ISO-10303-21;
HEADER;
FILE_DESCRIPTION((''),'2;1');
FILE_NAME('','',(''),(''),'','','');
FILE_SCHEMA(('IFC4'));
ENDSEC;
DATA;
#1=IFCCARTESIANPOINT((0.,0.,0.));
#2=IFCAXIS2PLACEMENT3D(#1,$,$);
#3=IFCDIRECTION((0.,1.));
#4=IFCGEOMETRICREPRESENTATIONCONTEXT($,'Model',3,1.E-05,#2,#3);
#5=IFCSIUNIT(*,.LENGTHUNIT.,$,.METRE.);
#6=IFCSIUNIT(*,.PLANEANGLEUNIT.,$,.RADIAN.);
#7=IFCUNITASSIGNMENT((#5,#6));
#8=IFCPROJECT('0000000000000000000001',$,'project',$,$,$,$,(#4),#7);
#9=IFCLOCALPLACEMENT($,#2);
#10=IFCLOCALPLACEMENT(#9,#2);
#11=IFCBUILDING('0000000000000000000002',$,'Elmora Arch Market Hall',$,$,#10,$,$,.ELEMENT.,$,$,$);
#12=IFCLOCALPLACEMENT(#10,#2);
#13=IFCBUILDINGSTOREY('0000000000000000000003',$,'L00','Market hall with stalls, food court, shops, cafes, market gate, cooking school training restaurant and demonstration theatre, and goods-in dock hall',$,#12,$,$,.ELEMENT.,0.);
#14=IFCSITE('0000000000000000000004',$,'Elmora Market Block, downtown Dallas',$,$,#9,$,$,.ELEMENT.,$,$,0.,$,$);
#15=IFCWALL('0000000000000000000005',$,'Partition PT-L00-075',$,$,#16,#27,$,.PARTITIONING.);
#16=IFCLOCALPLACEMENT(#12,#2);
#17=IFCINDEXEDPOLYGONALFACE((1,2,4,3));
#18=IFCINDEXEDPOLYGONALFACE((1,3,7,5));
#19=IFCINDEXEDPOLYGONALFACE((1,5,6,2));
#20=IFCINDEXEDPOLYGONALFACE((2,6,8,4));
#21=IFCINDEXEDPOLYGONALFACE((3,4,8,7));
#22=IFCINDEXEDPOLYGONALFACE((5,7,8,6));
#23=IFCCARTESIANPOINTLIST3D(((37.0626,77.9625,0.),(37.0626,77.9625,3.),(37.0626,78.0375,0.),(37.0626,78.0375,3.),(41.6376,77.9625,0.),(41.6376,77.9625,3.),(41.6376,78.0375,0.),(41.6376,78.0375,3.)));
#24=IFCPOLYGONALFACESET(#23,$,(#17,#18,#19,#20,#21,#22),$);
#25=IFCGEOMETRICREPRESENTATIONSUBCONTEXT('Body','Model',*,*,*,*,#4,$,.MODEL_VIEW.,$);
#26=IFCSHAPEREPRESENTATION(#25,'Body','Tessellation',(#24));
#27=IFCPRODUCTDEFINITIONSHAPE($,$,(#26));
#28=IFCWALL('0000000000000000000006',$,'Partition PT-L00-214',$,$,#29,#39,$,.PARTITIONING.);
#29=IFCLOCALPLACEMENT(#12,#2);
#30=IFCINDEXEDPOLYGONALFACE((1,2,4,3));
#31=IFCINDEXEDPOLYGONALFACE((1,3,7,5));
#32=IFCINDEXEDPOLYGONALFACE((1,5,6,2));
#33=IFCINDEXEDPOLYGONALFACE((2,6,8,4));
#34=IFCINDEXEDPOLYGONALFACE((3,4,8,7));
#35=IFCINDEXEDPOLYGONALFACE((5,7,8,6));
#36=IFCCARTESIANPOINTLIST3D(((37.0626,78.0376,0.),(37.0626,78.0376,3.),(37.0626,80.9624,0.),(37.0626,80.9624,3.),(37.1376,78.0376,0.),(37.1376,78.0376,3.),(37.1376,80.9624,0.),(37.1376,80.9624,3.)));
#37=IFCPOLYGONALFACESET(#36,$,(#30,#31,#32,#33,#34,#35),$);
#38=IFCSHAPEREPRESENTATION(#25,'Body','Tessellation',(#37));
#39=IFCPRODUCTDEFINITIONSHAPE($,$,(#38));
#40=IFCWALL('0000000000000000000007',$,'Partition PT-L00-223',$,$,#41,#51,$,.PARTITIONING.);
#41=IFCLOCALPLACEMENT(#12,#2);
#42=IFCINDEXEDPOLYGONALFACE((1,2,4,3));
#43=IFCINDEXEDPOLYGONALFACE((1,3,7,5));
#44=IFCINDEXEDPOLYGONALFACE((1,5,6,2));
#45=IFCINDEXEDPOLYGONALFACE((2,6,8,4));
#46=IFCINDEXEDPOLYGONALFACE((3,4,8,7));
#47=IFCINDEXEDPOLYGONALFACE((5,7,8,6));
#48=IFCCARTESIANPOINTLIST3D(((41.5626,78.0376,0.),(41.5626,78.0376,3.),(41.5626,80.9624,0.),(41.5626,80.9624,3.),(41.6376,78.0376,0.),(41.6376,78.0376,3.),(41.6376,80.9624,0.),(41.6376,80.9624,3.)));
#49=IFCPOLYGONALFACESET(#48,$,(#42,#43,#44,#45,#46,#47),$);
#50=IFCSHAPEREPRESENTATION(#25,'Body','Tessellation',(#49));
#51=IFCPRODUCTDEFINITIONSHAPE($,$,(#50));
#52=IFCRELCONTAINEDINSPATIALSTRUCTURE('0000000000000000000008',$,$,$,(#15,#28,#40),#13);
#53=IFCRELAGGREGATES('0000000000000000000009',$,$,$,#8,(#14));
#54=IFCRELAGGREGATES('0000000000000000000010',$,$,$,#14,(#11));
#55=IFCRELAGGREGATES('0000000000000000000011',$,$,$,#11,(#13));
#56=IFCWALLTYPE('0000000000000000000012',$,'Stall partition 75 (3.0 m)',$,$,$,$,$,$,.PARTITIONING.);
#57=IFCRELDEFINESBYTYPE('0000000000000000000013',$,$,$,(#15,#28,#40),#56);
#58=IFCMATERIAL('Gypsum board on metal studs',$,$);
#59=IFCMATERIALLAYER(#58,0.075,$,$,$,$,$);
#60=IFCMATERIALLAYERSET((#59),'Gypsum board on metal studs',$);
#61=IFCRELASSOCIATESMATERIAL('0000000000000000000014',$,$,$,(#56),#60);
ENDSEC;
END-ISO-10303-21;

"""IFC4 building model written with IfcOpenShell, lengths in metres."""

from ifc_helpers import new_model, si_unit, direction, frame, frame_2d, origin, place, context, subcontext, project, spatial, rectangle, extrude, material, layer, layer_set, type_object, element, save


model = new_model("IFC4")

# Units and contexts
model_context = context("Model", 3, precision=1e-05, world=origin(), true_north=direction((0.0, 1.0)))
body_context = subcontext(model_context, "Body", "Model", "MODEL_VIEW")
ifc_project = project(units=[si_unit("LENGTHUNIT", "METRE"), si_unit("PLANEANGLEUNIT", "RADIAN")], contexts=[model_context])

# Site, building, storey
site_placement = place(None, origin())
site = spatial("IfcSite", under=ifc_project, at=site_placement, Name="Elmora Market Block, downtown Dallas", CompositionType="ELEMENT", RefElevation=0.0)
building_placement = place(site_placement, origin())
building = spatial("IfcBuilding", under=site, at=building_placement, Name="Elmora Arch Market Hall", CompositionType="ELEMENT")
storey_placement = place(building_placement, origin())
storey = spatial("IfcBuildingStorey", under=building, at=storey_placement, Name="L00", Description="Market hall with stalls, food court, shops, cafes, market gate, cooking school training restaurant and demonstration theatre, and goods-in dock hall", CompositionType="ELEMENT", Elevation=0.0)

# Shared definitions
ifc_material_1 = material(Name="Gypsum board on metal studs")
ifc_layer_1 = layer(ifc_material_1, 0.075)
ifc_layer_set_1 = layer_set([ifc_layer_1], Name="Gypsum board on metal studs")
wall_type_1 = type_object("IfcWallType", Name="Stall partition 75 (3.0 m)", PredefinedType="PARTITIONING", material=ifc_layer_set_1)

# Wall
wall_1_placement = place(storey_placement, frame((37.0625, 78.0, 0.0), z_axis=(0.0, 0.0, 1.0), x_axis=(1.0, 0.0, 0.0)))
element("IfcWall", 1, at=wall_1_placement, inside=storey, type_object=wall_type_1, Name="Partition PT-L00-075", PredefinedType="PARTITIONING", context=body_context, shape_type="SweptSolid", body=[
    extrude(rectangle(XDim=4.575, YDim=0.075, at=frame_2d((2.2876, 0.0))), origin(), (0.0, 0.0, 1.0), 3.0),
])

# Walls
for number, where, z_axis, x_axis, name in (
    (2, (37.1001, 78.0376, 0.0), (0.0, 0.0, 1.0), (0.0, 1.0, 0.0), "Partition PT-L00-214"),
    (3, (41.6001, 78.0376, 0.0), (0.0, 0.0, 1.0), (0.0, 1.0, 0.0), "Partition PT-L00-223"),
):
    element("IfcWall", number, at=place(storey_placement, frame(where, z_axis=z_axis, x_axis=x_axis)), inside=storey, type_object=wall_type_1, Name=name, PredefinedType="PARTITIONING", context=body_context, shape_type="SweptSolid", body=[
        extrude(rectangle(XDim=2.9248, YDim=0.075, at=frame_2d((1.4624, 0.0))), origin(), (0.0, 0.0, 1.0), 3.0),
    ])

save(model, "model.ifc")
